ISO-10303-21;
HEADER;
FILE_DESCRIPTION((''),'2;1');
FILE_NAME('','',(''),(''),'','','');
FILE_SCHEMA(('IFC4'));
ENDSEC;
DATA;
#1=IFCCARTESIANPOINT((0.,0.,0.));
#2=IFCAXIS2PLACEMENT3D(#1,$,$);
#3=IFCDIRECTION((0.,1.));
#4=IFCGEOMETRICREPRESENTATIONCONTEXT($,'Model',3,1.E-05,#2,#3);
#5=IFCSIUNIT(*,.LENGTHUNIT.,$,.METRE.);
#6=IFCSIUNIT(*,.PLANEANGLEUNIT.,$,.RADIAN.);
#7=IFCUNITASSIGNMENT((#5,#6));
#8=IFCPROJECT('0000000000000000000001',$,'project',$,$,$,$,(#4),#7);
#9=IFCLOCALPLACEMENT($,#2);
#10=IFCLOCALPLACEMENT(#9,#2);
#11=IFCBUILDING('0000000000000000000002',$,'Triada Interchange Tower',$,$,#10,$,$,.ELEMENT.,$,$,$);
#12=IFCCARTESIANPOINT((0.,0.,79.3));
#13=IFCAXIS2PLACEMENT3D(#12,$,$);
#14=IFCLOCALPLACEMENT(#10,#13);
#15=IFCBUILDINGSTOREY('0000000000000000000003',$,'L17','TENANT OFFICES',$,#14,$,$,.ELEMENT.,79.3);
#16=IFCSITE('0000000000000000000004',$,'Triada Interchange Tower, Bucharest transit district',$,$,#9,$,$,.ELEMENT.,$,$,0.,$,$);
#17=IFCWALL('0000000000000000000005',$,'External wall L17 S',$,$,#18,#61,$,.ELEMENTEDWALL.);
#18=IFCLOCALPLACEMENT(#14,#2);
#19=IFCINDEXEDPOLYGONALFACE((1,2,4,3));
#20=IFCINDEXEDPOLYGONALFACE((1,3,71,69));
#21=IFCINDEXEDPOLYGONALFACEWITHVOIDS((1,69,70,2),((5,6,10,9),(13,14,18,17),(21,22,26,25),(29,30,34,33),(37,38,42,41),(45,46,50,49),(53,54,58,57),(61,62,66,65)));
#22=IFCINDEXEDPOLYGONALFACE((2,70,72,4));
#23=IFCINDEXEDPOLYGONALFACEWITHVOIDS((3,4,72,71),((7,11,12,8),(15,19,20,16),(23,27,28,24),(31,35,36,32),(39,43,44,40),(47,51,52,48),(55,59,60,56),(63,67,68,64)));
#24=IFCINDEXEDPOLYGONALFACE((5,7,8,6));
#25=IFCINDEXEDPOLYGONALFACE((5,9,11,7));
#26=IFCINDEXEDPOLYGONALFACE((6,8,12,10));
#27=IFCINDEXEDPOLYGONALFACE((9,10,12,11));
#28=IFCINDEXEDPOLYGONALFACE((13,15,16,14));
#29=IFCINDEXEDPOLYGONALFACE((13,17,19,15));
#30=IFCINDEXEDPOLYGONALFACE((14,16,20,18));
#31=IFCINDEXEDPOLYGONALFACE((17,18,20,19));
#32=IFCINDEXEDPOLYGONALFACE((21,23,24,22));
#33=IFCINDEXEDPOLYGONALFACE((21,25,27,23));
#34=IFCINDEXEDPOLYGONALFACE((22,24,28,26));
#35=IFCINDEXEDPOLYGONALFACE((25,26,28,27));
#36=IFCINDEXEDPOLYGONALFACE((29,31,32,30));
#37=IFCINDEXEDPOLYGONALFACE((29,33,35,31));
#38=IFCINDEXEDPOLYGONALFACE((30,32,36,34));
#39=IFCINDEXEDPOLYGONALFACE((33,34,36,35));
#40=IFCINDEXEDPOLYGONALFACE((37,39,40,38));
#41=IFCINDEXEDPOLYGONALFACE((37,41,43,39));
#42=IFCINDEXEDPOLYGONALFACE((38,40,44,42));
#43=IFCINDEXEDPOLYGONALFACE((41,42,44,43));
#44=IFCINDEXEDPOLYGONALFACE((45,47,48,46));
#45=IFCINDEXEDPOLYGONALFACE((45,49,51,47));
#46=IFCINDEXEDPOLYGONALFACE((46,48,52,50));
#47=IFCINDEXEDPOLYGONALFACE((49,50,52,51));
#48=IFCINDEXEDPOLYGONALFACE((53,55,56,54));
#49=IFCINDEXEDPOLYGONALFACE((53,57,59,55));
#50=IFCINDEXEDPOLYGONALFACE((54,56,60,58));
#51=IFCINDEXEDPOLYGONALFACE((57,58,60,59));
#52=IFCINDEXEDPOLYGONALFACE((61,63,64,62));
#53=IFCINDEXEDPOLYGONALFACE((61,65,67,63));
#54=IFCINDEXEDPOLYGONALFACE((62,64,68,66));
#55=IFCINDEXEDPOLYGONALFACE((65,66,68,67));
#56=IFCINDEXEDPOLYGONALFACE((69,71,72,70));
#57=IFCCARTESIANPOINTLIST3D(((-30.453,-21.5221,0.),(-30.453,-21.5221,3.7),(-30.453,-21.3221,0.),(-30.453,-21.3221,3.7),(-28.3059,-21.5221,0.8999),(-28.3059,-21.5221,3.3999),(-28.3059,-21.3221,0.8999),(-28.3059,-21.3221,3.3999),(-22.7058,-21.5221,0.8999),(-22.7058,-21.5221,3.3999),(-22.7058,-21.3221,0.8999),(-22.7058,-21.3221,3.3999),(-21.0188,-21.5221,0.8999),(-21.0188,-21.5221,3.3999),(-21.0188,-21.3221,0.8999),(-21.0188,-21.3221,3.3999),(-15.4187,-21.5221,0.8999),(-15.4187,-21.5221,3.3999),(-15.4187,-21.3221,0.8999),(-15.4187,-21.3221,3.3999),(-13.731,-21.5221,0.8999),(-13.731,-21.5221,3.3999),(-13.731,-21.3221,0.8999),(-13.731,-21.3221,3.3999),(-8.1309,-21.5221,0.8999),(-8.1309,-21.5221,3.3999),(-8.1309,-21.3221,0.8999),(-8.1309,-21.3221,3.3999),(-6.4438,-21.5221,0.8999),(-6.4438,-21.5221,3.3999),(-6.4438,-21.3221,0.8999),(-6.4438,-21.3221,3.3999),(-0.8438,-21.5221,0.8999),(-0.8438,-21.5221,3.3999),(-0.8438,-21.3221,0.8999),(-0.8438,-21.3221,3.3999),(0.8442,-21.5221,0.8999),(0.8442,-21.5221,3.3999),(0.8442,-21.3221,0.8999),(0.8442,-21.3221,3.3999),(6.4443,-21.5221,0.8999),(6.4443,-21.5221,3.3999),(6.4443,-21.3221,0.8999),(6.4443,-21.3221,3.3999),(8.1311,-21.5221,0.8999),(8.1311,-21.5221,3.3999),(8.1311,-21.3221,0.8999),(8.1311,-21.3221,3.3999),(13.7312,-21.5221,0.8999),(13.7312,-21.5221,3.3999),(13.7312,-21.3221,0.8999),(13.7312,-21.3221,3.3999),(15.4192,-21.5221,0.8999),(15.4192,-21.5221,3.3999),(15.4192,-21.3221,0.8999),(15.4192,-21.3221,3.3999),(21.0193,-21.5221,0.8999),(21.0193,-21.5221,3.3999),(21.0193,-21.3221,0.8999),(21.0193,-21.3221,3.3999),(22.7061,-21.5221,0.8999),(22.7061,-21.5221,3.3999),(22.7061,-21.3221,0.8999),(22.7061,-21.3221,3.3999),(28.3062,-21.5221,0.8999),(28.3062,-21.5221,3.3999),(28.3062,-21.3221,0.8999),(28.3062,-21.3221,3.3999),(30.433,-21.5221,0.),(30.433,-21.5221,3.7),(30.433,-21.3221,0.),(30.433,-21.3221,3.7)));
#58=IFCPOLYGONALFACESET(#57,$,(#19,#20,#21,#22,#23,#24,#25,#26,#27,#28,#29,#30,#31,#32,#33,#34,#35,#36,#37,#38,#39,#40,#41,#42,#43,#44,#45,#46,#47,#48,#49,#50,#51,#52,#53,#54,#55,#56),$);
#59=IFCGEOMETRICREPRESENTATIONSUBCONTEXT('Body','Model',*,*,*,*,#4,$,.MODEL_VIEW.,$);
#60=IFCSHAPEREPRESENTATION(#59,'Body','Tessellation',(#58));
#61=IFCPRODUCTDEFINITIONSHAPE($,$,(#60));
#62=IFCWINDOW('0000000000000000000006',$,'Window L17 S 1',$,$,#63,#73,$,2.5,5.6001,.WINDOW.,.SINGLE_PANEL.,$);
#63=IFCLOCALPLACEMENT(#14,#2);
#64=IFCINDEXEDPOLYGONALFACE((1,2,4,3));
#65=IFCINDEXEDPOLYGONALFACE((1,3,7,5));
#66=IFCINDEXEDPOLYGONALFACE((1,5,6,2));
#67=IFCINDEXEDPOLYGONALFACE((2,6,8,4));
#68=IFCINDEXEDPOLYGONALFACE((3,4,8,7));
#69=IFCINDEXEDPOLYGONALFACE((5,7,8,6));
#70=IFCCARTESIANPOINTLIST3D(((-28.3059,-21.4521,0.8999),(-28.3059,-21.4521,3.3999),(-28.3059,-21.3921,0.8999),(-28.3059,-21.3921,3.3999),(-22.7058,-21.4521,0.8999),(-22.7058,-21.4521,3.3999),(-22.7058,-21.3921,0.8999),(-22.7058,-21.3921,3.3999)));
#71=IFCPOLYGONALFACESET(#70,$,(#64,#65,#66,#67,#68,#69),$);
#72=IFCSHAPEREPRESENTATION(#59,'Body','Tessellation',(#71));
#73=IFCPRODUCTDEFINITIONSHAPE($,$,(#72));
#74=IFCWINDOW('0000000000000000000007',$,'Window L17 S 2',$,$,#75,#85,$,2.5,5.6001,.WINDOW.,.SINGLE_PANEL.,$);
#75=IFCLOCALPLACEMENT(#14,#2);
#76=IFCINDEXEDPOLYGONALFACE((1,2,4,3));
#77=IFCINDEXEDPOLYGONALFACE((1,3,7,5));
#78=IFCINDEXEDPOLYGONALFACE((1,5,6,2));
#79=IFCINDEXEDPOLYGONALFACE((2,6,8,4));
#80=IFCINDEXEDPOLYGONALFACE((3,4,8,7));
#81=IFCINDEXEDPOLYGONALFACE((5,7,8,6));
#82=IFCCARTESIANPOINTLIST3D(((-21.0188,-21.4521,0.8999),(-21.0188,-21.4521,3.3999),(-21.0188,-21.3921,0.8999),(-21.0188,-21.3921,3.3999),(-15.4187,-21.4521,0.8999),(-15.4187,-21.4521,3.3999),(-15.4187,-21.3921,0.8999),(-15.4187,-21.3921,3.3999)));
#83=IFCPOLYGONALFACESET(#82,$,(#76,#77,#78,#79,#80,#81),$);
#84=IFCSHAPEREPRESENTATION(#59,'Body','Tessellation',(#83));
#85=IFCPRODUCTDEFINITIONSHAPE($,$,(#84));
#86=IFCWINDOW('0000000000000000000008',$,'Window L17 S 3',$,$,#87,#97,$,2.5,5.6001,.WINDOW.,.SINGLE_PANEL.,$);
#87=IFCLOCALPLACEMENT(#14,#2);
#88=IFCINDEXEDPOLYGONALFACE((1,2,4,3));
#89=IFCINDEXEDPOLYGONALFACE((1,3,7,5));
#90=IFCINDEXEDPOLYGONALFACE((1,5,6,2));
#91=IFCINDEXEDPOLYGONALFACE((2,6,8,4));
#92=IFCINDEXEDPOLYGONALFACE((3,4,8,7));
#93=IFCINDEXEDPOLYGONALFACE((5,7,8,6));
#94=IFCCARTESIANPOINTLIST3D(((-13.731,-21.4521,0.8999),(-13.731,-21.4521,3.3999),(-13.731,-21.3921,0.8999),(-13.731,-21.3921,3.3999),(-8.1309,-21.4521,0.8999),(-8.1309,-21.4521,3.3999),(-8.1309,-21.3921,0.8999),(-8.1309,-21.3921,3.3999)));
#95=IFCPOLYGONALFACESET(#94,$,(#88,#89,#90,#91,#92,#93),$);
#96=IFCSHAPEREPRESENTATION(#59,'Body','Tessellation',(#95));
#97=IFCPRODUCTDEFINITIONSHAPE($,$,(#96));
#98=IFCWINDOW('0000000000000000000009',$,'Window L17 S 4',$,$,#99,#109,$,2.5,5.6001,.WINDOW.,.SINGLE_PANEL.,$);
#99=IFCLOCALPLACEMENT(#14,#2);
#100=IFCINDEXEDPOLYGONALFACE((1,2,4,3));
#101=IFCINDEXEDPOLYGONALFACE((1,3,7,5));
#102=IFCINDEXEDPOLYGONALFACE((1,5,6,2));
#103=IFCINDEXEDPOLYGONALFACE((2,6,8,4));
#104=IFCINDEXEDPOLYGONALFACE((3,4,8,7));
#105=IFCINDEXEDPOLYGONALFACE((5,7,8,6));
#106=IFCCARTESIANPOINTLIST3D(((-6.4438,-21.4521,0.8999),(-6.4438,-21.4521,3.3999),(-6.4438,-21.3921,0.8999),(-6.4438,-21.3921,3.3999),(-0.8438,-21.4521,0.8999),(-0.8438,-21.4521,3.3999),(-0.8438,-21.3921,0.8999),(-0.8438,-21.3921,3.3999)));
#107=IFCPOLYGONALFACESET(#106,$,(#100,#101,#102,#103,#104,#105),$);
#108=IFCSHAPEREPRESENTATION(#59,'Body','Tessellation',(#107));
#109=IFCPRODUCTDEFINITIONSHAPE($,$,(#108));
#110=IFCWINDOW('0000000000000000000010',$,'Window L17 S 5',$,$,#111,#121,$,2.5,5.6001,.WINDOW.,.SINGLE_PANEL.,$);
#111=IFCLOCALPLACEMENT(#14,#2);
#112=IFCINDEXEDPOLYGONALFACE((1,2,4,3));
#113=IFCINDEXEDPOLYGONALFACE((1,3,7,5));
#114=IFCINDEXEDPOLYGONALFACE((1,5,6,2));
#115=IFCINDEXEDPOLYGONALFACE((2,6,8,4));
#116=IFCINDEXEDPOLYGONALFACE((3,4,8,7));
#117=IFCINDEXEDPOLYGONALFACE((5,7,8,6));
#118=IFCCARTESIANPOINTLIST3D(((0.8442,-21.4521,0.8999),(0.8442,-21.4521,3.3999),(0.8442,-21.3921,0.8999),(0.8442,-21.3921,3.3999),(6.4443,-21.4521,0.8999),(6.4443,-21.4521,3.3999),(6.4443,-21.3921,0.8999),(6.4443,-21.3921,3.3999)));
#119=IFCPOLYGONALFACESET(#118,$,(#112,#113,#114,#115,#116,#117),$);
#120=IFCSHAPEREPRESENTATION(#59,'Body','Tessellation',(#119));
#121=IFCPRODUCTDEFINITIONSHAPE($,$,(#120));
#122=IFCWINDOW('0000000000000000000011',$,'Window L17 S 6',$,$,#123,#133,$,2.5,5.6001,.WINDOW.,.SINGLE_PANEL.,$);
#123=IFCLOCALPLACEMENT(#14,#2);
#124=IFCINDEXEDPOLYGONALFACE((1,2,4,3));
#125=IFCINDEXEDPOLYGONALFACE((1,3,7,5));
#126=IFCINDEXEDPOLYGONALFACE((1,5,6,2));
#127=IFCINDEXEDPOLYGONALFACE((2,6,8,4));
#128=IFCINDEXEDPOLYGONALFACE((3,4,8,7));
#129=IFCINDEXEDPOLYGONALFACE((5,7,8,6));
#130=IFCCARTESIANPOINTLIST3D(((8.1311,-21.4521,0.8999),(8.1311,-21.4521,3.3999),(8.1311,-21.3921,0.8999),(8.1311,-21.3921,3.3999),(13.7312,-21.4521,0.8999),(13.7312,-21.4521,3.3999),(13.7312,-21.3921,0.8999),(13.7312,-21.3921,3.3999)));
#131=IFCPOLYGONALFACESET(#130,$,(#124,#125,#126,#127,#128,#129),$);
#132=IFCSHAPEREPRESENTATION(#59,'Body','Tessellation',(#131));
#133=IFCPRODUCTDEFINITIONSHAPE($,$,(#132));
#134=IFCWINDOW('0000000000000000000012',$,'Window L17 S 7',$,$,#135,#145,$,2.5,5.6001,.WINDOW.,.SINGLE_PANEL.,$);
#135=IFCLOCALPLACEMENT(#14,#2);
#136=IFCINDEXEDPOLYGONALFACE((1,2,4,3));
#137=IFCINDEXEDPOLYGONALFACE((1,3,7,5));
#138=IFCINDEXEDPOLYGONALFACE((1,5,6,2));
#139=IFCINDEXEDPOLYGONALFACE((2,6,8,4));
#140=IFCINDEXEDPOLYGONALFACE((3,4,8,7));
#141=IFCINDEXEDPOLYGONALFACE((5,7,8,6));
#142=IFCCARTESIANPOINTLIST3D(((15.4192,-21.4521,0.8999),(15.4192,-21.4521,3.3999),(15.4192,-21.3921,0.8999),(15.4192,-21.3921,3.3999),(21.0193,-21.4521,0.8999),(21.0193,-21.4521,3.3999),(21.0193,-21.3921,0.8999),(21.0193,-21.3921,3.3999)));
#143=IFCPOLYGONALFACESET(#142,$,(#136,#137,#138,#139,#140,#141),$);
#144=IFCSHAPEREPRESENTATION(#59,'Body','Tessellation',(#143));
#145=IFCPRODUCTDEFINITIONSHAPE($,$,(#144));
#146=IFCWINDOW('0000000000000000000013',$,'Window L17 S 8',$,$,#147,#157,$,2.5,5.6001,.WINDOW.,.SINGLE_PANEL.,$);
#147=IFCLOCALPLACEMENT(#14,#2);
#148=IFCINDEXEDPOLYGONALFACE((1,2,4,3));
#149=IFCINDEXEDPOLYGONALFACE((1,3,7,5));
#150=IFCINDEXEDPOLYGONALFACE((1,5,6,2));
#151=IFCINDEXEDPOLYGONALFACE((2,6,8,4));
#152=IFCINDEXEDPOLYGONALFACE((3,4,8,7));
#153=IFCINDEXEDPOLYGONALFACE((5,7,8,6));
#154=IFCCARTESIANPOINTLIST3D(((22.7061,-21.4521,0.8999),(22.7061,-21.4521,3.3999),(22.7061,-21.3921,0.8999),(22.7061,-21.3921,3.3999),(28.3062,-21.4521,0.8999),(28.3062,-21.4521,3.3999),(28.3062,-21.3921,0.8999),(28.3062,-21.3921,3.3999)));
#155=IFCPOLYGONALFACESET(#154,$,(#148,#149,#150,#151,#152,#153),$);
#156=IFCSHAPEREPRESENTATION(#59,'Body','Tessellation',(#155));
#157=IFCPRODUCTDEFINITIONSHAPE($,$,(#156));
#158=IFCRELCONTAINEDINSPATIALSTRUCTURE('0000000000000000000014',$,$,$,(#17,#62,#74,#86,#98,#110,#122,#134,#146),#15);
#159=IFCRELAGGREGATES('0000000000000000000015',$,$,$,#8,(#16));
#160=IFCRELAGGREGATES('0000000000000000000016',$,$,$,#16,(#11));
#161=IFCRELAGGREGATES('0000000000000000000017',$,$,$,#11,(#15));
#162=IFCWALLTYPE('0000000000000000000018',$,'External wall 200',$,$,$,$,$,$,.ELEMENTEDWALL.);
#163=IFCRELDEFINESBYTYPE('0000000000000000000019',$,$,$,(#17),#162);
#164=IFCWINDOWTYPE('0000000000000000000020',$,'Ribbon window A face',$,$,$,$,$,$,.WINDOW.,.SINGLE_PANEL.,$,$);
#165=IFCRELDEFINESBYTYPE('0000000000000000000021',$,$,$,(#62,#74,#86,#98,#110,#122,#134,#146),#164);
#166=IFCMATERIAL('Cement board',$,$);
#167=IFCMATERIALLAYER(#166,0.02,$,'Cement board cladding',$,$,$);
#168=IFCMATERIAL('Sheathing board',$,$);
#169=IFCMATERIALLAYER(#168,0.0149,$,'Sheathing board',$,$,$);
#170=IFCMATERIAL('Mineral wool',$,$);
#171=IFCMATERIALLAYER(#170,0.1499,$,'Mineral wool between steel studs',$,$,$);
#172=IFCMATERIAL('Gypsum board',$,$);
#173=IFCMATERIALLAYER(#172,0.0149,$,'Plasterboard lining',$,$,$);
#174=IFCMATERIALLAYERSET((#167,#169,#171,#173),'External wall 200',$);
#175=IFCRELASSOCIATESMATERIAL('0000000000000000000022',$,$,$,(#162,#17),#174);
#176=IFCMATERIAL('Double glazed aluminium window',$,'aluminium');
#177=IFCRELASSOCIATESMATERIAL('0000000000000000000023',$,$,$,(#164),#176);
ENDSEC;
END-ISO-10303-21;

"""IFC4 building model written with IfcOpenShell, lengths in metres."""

from ifc_helpers import new_model, si_unit, direction, frame, frame_2d, origin, place, context, subcontext, project, spatial, rectangle, extrude, material, layer, layer_set, layer_usage, type_object, element, fill, save


model = new_model("IFC4")

# Units and contexts
model_context = context("Model", 3, precision=1e-05, world=origin(), true_north=direction((0.0, 1.0)))
body_context = subcontext(model_context, "Body", "Model", "MODEL_VIEW")
ifc_project = project(units=[si_unit("LENGTHUNIT", "METRE"), si_unit("PLANEANGLEUNIT", "RADIAN")], contexts=[model_context])

# Site, building, storey
site_placement = place(None, origin())
site = spatial("IfcSite", under=ifc_project, at=site_placement, Name="Triada Interchange Tower, Bucharest transit district", CompositionType="ELEMENT", RefElevation=0.0)
building_placement = place(site_placement, origin())
building = spatial("IfcBuilding", under=site, at=building_placement, Name="Triada Interchange Tower", CompositionType="ELEMENT")
storey_placement = place(building_placement, frame((0.0, 0.0, 79.3)))
storey = spatial("IfcBuildingStorey", under=building, at=storey_placement, Name="L17", Description="TENANT OFFICES", CompositionType="ELEMENT", Elevation=79.3)

# Shared definitions
ifc_material_1 = material(Name="Cement board")
ifc_layer_1 = layer(ifc_material_1, 0.02, Name="Cement board cladding")
ifc_material_2 = material(Name="Sheathing board")
ifc_layer_2 = layer(ifc_material_2, 0.0149, Name="Sheathing board")
ifc_material_3 = material(Name="Mineral wool")
ifc_layer_3 = layer(ifc_material_3, 0.1499, Name="Mineral wool between steel studs")
ifc_material_4 = material(Name="Gypsum board")
ifc_layer_4 = layer(ifc_material_4, 0.0149, Name="Plasterboard lining")
ifc_layer_set_1 = layer_set([ifc_layer_1, ifc_layer_2, ifc_layer_3, ifc_layer_4], Name="External wall 200")
ifc_layer_usage = layer_usage(ifc_layer_set_1, "AXIS2", "POSITIVE", -0.1001)
wall_type_1 = type_object("IfcWallType", Name="External wall 200", PredefinedType="ELEMENTEDWALL", material=ifc_layer_set_1)
ifc_material_5 = material(Name="Double glazed aluminium window", Category="aluminium")

# Wall, openings, windows
wall_1_placement = place(storey_placement, frame((-30.4529, -21.4221, 0.0), z_axis=(0.0, 0.0, 1.0), x_axis=(1.0, 0.0, 0.0)))
wall_1 = element("IfcWall", 1, at=wall_1_placement, inside=storey, type_object=wall_type_1, material=ifc_layer_usage, Name="External wall L17 S", PredefinedType="ELEMENTEDWALL", context=body_context, shape_type="SweptSolid", body=[
    extrude(rectangle(XDim=60.886, YDim=0.2, at=frame_2d((30.4429, 0.0))), origin(), (0.0, 0.0, 1.0), 3.7),
])
opening_1_placement = place(wall_1_placement, frame((2.147, 0.0, 0.8999)))
opening_1 = element("IfcOpeningElement", 2, at=opening_1_placement, cuts=wall_1, PredefinedType="OPENING", context=body_context, shape_type="SweptSolid", body=[
    extrude(rectangle(XDim=5.6001, YDim=2.5, at=frame_2d((2.8, 1.25))), frame((0.0, 0.1099, 0.0), z_axis=(0.0, -1.0, 0.0), x_axis=(1.0, 0.0, 0.0)), (0.0, 0.0, 1.0), 0.22),
])
opening_2_placement = place(wall_1_placement, frame((9.4341, 0.0, 0.8999)))
opening_2 = element("IfcOpeningElement", 3, at=opening_2_placement, cuts=wall_1, PredefinedType="OPENING", context=body_context, shape_type="SweptSolid", body=[
    extrude(rectangle(XDim=5.6001, YDim=2.5, at=frame_2d((2.8, 1.25))), frame((0.0, 0.1099, 0.0), z_axis=(0.0, -1.0, 0.0), x_axis=(1.0, 0.0, 0.0)), (0.0, 0.0, 1.0), 0.22),
])
opening_3_placement = place(wall_1_placement, frame((16.7219, 0.0, 0.8999)))
opening_3 = element("IfcOpeningElement", 4, at=opening_3_placement, cuts=wall_1, PredefinedType="OPENING", context=body_context, shape_type="SweptSolid", body=[
    extrude(rectangle(XDim=5.6001, YDim=2.5, at=frame_2d((2.8, 1.25))), frame((0.0, 0.1099, 0.0), z_axis=(0.0, -1.0, 0.0), x_axis=(1.0, 0.0, 0.0)), (0.0, 0.0, 1.0), 0.22),
])
opening_4_placement = place(wall_1_placement, frame((24.009, 0.0, 0.8999)))
opening_4 = element("IfcOpeningElement", 5, at=opening_4_placement, cuts=wall_1, PredefinedType="OPENING", context=body_context, shape_type="SweptSolid", body=[
    extrude(rectangle(XDim=5.6001, YDim=2.5, at=frame_2d((2.8, 1.25))), frame((0.0, 0.1099, 0.0), z_axis=(0.0, -1.0, 0.0), x_axis=(1.0, 0.0, 0.0)), (0.0, 0.0, 1.0), 0.22),
])
opening_5_placement = place(wall_1_placement, frame((31.2971, 0.0, 0.8999)))
opening_5 = element("IfcOpeningElement", 6, at=opening_5_placement, cuts=wall_1, PredefinedType="OPENING", context=body_context, shape_type="SweptSolid", body=[
    extrude(rectangle(XDim=5.6001, YDim=2.5, at=frame_2d((2.8, 1.25))), frame((0.0, 0.1099, 0.0), z_axis=(0.0, -1.0, 0.0), x_axis=(1.0, 0.0, 0.0)), (0.0, 0.0, 1.0), 0.22),
])
opening_6_placement = place(wall_1_placement, frame((38.584, 0.0, 0.8999)))
opening_6 = element("IfcOpeningElement", 7, at=opening_6_placement, cuts=wall_1, PredefinedType="OPENING", context=body_context, shape_type="SweptSolid", body=[
    extrude(rectangle(XDim=5.6001, YDim=2.5, at=frame_2d((2.8, 1.25))), frame((0.0, 0.1099, 0.0), z_axis=(0.0, -1.0, 0.0), x_axis=(1.0, 0.0, 0.0)), (0.0, 0.0, 1.0), 0.22),
])
opening_7_placement = place(wall_1_placement, frame((45.8721, 0.0, 0.8999)))
opening_7 = element("IfcOpeningElement", 8, at=opening_7_placement, cuts=wall_1, PredefinedType="OPENING", context=body_context, shape_type="SweptSolid", body=[
    extrude(rectangle(XDim=5.6001, YDim=2.5, at=frame_2d((2.8, 1.25))), frame((0.0, 0.1099, 0.0), z_axis=(0.0, -1.0, 0.0), x_axis=(1.0, 0.0, 0.0)), (0.0, 0.0, 1.0), 0.22),
])
opening_8_placement = place(wall_1_placement, frame((53.1589, 0.0, 0.8999)))
opening_8 = element("IfcOpeningElement", 9, at=opening_8_placement, cuts=wall_1, PredefinedType="OPENING", context=body_context, shape_type="SweptSolid", body=[
    extrude(rectangle(XDim=5.6001, YDim=2.5, at=frame_2d((2.8, 1.25))), frame((0.0, 0.1099, 0.0), z_axis=(0.0, -1.0, 0.0), x_axis=(1.0, 0.0, 0.0)), (0.0, 0.0, 1.0), 0.22),
])
window_type_1 = type_object("IfcWindowType", Name="Ribbon window A face", PartitioningType="SINGLE_PANEL", PredefinedType="WINDOW", material=ifc_material_5)
window_1_placement = place(opening_1_placement, origin())
window_1 = element("IfcWindow", 10, at=window_1_placement, inside=storey, type_object=window_type_1, Name="Window L17 S 1", OverallHeight=2.5, OverallWidth=5.6001, PartitioningType="SINGLE_PANEL", PredefinedType="WINDOW", context=body_context, shape_type="SweptSolid", body=[
    extrude(rectangle(XDim=5.6001, YDim=2.5, at=frame_2d((2.8, 1.25))), frame((0.0, 0.03, 0.0), z_axis=(0.0, -1.0, 0.0), x_axis=(1.0, 0.0, 0.0)), (0.0, 0.0, 1.0), 0.0601),
])
fill(opening_1, window_1)
window_2_placement = place(opening_2_placement, origin())
window_2 = element("IfcWindow", 11, at=window_2_placement, inside=storey, type_object=window_type_1, Name="Window L17 S 2", OverallHeight=2.5, OverallWidth=5.6001, PartitioningType="SINGLE_PANEL", PredefinedType="WINDOW", context=body_context, shape_type="SweptSolid", body=[
    extrude(rectangle(XDim=5.6001, YDim=2.5, at=frame_2d((2.8, 1.25))), frame((0.0, 0.03, 0.0), z_axis=(0.0, -1.0, 0.0), x_axis=(1.0, 0.0, 0.0)), (0.0, 0.0, 1.0), 0.0601),
])
fill(opening_2, window_2)
window_3_placement = place(opening_3_placement, origin())
window_3 = element("IfcWindow", 12, at=window_3_placement, inside=storey, type_object=window_type_1, Name="Window L17 S 3", OverallHeight=2.5, OverallWidth=5.6001, PartitioningType="SINGLE_PANEL", PredefinedType="WINDOW", context=body_context, shape_type="SweptSolid", body=[
    extrude(rectangle(XDim=5.6001, YDim=2.5, at=frame_2d((2.8, 1.25))), frame((0.0, 0.03, 0.0), z_axis=(0.0, -1.0, 0.0), x_axis=(1.0, 0.0, 0.0)), (0.0, 0.0, 1.0), 0.0601),
])
fill(opening_3, window_3)
window_4_placement = place(opening_4_placement, origin())
window_4 = element("IfcWindow", 13, at=window_4_placement, inside=storey, type_object=window_type_1, Name="Window L17 S 4", OverallHeight=2.5, OverallWidth=5.6001, PartitioningType="SINGLE_PANEL", PredefinedType="WINDOW", context=body_context, shape_type="SweptSolid", body=[
    extrude(rectangle(XDim=5.6001, YDim=2.5, at=frame_2d((2.8, 1.25))), frame((0.0, 0.03, 0.0), z_axis=(0.0, -1.0, 0.0), x_axis=(1.0, 0.0, 0.0)), (0.0, 0.0, 1.0), 0.0601),
])
fill(opening_4, window_4)
window_5_placement = place(opening_5_placement, origin())
window_5 = element("IfcWindow", 14, at=window_5_placement, inside=storey, type_object=window_type_1, Name="Window L17 S 5", OverallHeight=2.5, OverallWidth=5.6001, PartitioningType="SINGLE_PANEL", PredefinedType="WINDOW", context=body_context, shape_type="SweptSolid", body=[
    extrude(rectangle(XDim=5.6001, YDim=2.5, at=frame_2d((2.8, 1.25))), frame((0.0, 0.03, 0.0), z_axis=(0.0, -1.0, 0.0), x_axis=(1.0, 0.0, 0.0)), (0.0, 0.0, 1.0), 0.0601),
])
fill(opening_5, window_5)
window_6_placement = place(opening_6_placement, origin())
window_6 = element("IfcWindow", 15, at=window_6_placement, inside=storey, type_object=window_type_1, Name="Window L17 S 6", OverallHeight=2.5, OverallWidth=5.6001, PartitioningType="SINGLE_PANEL", PredefinedType="WINDOW", context=body_context, shape_type="SweptSolid", body=[
    extrude(rectangle(XDim=5.6001, YDim=2.5, at=frame_2d((2.8, 1.25))), frame((0.0, 0.03, 0.0), z_axis=(0.0, -1.0, 0.0), x_axis=(1.0, 0.0, 0.0)), (0.0, 0.0, 1.0), 0.0601),
])
fill(opening_6, window_6)
window_7_placement = place(opening_7_placement, origin())
window_7 = element("IfcWindow", 16, at=window_7_placement, inside=storey, type_object=window_type_1, Name="Window L17 S 7", OverallHeight=2.5, OverallWidth=5.6001, PartitioningType="SINGLE_PANEL", PredefinedType="WINDOW", context=body_context, shape_type="SweptSolid", body=[
    extrude(rectangle(XDim=5.6001, YDim=2.5, at=frame_2d((2.8, 1.25))), frame((0.0, 0.03, 0.0), z_axis=(0.0, -1.0, 0.0), x_axis=(1.0, 0.0, 0.0)), (0.0, 0.0, 1.0), 0.0601),
])
fill(opening_7, window_7)
window_8_placement = place(opening_8_placement, origin())
window_8 = element("IfcWindow", 17, at=window_8_placement, inside=storey, type_object=window_type_1, Name="Window L17 S 8", OverallHeight=2.5, OverallWidth=5.6001, PartitioningType="SINGLE_PANEL", PredefinedType="WINDOW", context=body_context, shape_type="SweptSolid", body=[
    extrude(rectangle(XDim=5.6001, YDim=2.5, at=frame_2d((2.8, 1.25))), frame((0.0, 0.03, 0.0), z_axis=(0.0, -1.0, 0.0), x_axis=(1.0, 0.0, 0.0)), (0.0, 0.0, 1.0), 0.0601),
])
fill(opening_8, window_8)

save(model, "model.ifc")
